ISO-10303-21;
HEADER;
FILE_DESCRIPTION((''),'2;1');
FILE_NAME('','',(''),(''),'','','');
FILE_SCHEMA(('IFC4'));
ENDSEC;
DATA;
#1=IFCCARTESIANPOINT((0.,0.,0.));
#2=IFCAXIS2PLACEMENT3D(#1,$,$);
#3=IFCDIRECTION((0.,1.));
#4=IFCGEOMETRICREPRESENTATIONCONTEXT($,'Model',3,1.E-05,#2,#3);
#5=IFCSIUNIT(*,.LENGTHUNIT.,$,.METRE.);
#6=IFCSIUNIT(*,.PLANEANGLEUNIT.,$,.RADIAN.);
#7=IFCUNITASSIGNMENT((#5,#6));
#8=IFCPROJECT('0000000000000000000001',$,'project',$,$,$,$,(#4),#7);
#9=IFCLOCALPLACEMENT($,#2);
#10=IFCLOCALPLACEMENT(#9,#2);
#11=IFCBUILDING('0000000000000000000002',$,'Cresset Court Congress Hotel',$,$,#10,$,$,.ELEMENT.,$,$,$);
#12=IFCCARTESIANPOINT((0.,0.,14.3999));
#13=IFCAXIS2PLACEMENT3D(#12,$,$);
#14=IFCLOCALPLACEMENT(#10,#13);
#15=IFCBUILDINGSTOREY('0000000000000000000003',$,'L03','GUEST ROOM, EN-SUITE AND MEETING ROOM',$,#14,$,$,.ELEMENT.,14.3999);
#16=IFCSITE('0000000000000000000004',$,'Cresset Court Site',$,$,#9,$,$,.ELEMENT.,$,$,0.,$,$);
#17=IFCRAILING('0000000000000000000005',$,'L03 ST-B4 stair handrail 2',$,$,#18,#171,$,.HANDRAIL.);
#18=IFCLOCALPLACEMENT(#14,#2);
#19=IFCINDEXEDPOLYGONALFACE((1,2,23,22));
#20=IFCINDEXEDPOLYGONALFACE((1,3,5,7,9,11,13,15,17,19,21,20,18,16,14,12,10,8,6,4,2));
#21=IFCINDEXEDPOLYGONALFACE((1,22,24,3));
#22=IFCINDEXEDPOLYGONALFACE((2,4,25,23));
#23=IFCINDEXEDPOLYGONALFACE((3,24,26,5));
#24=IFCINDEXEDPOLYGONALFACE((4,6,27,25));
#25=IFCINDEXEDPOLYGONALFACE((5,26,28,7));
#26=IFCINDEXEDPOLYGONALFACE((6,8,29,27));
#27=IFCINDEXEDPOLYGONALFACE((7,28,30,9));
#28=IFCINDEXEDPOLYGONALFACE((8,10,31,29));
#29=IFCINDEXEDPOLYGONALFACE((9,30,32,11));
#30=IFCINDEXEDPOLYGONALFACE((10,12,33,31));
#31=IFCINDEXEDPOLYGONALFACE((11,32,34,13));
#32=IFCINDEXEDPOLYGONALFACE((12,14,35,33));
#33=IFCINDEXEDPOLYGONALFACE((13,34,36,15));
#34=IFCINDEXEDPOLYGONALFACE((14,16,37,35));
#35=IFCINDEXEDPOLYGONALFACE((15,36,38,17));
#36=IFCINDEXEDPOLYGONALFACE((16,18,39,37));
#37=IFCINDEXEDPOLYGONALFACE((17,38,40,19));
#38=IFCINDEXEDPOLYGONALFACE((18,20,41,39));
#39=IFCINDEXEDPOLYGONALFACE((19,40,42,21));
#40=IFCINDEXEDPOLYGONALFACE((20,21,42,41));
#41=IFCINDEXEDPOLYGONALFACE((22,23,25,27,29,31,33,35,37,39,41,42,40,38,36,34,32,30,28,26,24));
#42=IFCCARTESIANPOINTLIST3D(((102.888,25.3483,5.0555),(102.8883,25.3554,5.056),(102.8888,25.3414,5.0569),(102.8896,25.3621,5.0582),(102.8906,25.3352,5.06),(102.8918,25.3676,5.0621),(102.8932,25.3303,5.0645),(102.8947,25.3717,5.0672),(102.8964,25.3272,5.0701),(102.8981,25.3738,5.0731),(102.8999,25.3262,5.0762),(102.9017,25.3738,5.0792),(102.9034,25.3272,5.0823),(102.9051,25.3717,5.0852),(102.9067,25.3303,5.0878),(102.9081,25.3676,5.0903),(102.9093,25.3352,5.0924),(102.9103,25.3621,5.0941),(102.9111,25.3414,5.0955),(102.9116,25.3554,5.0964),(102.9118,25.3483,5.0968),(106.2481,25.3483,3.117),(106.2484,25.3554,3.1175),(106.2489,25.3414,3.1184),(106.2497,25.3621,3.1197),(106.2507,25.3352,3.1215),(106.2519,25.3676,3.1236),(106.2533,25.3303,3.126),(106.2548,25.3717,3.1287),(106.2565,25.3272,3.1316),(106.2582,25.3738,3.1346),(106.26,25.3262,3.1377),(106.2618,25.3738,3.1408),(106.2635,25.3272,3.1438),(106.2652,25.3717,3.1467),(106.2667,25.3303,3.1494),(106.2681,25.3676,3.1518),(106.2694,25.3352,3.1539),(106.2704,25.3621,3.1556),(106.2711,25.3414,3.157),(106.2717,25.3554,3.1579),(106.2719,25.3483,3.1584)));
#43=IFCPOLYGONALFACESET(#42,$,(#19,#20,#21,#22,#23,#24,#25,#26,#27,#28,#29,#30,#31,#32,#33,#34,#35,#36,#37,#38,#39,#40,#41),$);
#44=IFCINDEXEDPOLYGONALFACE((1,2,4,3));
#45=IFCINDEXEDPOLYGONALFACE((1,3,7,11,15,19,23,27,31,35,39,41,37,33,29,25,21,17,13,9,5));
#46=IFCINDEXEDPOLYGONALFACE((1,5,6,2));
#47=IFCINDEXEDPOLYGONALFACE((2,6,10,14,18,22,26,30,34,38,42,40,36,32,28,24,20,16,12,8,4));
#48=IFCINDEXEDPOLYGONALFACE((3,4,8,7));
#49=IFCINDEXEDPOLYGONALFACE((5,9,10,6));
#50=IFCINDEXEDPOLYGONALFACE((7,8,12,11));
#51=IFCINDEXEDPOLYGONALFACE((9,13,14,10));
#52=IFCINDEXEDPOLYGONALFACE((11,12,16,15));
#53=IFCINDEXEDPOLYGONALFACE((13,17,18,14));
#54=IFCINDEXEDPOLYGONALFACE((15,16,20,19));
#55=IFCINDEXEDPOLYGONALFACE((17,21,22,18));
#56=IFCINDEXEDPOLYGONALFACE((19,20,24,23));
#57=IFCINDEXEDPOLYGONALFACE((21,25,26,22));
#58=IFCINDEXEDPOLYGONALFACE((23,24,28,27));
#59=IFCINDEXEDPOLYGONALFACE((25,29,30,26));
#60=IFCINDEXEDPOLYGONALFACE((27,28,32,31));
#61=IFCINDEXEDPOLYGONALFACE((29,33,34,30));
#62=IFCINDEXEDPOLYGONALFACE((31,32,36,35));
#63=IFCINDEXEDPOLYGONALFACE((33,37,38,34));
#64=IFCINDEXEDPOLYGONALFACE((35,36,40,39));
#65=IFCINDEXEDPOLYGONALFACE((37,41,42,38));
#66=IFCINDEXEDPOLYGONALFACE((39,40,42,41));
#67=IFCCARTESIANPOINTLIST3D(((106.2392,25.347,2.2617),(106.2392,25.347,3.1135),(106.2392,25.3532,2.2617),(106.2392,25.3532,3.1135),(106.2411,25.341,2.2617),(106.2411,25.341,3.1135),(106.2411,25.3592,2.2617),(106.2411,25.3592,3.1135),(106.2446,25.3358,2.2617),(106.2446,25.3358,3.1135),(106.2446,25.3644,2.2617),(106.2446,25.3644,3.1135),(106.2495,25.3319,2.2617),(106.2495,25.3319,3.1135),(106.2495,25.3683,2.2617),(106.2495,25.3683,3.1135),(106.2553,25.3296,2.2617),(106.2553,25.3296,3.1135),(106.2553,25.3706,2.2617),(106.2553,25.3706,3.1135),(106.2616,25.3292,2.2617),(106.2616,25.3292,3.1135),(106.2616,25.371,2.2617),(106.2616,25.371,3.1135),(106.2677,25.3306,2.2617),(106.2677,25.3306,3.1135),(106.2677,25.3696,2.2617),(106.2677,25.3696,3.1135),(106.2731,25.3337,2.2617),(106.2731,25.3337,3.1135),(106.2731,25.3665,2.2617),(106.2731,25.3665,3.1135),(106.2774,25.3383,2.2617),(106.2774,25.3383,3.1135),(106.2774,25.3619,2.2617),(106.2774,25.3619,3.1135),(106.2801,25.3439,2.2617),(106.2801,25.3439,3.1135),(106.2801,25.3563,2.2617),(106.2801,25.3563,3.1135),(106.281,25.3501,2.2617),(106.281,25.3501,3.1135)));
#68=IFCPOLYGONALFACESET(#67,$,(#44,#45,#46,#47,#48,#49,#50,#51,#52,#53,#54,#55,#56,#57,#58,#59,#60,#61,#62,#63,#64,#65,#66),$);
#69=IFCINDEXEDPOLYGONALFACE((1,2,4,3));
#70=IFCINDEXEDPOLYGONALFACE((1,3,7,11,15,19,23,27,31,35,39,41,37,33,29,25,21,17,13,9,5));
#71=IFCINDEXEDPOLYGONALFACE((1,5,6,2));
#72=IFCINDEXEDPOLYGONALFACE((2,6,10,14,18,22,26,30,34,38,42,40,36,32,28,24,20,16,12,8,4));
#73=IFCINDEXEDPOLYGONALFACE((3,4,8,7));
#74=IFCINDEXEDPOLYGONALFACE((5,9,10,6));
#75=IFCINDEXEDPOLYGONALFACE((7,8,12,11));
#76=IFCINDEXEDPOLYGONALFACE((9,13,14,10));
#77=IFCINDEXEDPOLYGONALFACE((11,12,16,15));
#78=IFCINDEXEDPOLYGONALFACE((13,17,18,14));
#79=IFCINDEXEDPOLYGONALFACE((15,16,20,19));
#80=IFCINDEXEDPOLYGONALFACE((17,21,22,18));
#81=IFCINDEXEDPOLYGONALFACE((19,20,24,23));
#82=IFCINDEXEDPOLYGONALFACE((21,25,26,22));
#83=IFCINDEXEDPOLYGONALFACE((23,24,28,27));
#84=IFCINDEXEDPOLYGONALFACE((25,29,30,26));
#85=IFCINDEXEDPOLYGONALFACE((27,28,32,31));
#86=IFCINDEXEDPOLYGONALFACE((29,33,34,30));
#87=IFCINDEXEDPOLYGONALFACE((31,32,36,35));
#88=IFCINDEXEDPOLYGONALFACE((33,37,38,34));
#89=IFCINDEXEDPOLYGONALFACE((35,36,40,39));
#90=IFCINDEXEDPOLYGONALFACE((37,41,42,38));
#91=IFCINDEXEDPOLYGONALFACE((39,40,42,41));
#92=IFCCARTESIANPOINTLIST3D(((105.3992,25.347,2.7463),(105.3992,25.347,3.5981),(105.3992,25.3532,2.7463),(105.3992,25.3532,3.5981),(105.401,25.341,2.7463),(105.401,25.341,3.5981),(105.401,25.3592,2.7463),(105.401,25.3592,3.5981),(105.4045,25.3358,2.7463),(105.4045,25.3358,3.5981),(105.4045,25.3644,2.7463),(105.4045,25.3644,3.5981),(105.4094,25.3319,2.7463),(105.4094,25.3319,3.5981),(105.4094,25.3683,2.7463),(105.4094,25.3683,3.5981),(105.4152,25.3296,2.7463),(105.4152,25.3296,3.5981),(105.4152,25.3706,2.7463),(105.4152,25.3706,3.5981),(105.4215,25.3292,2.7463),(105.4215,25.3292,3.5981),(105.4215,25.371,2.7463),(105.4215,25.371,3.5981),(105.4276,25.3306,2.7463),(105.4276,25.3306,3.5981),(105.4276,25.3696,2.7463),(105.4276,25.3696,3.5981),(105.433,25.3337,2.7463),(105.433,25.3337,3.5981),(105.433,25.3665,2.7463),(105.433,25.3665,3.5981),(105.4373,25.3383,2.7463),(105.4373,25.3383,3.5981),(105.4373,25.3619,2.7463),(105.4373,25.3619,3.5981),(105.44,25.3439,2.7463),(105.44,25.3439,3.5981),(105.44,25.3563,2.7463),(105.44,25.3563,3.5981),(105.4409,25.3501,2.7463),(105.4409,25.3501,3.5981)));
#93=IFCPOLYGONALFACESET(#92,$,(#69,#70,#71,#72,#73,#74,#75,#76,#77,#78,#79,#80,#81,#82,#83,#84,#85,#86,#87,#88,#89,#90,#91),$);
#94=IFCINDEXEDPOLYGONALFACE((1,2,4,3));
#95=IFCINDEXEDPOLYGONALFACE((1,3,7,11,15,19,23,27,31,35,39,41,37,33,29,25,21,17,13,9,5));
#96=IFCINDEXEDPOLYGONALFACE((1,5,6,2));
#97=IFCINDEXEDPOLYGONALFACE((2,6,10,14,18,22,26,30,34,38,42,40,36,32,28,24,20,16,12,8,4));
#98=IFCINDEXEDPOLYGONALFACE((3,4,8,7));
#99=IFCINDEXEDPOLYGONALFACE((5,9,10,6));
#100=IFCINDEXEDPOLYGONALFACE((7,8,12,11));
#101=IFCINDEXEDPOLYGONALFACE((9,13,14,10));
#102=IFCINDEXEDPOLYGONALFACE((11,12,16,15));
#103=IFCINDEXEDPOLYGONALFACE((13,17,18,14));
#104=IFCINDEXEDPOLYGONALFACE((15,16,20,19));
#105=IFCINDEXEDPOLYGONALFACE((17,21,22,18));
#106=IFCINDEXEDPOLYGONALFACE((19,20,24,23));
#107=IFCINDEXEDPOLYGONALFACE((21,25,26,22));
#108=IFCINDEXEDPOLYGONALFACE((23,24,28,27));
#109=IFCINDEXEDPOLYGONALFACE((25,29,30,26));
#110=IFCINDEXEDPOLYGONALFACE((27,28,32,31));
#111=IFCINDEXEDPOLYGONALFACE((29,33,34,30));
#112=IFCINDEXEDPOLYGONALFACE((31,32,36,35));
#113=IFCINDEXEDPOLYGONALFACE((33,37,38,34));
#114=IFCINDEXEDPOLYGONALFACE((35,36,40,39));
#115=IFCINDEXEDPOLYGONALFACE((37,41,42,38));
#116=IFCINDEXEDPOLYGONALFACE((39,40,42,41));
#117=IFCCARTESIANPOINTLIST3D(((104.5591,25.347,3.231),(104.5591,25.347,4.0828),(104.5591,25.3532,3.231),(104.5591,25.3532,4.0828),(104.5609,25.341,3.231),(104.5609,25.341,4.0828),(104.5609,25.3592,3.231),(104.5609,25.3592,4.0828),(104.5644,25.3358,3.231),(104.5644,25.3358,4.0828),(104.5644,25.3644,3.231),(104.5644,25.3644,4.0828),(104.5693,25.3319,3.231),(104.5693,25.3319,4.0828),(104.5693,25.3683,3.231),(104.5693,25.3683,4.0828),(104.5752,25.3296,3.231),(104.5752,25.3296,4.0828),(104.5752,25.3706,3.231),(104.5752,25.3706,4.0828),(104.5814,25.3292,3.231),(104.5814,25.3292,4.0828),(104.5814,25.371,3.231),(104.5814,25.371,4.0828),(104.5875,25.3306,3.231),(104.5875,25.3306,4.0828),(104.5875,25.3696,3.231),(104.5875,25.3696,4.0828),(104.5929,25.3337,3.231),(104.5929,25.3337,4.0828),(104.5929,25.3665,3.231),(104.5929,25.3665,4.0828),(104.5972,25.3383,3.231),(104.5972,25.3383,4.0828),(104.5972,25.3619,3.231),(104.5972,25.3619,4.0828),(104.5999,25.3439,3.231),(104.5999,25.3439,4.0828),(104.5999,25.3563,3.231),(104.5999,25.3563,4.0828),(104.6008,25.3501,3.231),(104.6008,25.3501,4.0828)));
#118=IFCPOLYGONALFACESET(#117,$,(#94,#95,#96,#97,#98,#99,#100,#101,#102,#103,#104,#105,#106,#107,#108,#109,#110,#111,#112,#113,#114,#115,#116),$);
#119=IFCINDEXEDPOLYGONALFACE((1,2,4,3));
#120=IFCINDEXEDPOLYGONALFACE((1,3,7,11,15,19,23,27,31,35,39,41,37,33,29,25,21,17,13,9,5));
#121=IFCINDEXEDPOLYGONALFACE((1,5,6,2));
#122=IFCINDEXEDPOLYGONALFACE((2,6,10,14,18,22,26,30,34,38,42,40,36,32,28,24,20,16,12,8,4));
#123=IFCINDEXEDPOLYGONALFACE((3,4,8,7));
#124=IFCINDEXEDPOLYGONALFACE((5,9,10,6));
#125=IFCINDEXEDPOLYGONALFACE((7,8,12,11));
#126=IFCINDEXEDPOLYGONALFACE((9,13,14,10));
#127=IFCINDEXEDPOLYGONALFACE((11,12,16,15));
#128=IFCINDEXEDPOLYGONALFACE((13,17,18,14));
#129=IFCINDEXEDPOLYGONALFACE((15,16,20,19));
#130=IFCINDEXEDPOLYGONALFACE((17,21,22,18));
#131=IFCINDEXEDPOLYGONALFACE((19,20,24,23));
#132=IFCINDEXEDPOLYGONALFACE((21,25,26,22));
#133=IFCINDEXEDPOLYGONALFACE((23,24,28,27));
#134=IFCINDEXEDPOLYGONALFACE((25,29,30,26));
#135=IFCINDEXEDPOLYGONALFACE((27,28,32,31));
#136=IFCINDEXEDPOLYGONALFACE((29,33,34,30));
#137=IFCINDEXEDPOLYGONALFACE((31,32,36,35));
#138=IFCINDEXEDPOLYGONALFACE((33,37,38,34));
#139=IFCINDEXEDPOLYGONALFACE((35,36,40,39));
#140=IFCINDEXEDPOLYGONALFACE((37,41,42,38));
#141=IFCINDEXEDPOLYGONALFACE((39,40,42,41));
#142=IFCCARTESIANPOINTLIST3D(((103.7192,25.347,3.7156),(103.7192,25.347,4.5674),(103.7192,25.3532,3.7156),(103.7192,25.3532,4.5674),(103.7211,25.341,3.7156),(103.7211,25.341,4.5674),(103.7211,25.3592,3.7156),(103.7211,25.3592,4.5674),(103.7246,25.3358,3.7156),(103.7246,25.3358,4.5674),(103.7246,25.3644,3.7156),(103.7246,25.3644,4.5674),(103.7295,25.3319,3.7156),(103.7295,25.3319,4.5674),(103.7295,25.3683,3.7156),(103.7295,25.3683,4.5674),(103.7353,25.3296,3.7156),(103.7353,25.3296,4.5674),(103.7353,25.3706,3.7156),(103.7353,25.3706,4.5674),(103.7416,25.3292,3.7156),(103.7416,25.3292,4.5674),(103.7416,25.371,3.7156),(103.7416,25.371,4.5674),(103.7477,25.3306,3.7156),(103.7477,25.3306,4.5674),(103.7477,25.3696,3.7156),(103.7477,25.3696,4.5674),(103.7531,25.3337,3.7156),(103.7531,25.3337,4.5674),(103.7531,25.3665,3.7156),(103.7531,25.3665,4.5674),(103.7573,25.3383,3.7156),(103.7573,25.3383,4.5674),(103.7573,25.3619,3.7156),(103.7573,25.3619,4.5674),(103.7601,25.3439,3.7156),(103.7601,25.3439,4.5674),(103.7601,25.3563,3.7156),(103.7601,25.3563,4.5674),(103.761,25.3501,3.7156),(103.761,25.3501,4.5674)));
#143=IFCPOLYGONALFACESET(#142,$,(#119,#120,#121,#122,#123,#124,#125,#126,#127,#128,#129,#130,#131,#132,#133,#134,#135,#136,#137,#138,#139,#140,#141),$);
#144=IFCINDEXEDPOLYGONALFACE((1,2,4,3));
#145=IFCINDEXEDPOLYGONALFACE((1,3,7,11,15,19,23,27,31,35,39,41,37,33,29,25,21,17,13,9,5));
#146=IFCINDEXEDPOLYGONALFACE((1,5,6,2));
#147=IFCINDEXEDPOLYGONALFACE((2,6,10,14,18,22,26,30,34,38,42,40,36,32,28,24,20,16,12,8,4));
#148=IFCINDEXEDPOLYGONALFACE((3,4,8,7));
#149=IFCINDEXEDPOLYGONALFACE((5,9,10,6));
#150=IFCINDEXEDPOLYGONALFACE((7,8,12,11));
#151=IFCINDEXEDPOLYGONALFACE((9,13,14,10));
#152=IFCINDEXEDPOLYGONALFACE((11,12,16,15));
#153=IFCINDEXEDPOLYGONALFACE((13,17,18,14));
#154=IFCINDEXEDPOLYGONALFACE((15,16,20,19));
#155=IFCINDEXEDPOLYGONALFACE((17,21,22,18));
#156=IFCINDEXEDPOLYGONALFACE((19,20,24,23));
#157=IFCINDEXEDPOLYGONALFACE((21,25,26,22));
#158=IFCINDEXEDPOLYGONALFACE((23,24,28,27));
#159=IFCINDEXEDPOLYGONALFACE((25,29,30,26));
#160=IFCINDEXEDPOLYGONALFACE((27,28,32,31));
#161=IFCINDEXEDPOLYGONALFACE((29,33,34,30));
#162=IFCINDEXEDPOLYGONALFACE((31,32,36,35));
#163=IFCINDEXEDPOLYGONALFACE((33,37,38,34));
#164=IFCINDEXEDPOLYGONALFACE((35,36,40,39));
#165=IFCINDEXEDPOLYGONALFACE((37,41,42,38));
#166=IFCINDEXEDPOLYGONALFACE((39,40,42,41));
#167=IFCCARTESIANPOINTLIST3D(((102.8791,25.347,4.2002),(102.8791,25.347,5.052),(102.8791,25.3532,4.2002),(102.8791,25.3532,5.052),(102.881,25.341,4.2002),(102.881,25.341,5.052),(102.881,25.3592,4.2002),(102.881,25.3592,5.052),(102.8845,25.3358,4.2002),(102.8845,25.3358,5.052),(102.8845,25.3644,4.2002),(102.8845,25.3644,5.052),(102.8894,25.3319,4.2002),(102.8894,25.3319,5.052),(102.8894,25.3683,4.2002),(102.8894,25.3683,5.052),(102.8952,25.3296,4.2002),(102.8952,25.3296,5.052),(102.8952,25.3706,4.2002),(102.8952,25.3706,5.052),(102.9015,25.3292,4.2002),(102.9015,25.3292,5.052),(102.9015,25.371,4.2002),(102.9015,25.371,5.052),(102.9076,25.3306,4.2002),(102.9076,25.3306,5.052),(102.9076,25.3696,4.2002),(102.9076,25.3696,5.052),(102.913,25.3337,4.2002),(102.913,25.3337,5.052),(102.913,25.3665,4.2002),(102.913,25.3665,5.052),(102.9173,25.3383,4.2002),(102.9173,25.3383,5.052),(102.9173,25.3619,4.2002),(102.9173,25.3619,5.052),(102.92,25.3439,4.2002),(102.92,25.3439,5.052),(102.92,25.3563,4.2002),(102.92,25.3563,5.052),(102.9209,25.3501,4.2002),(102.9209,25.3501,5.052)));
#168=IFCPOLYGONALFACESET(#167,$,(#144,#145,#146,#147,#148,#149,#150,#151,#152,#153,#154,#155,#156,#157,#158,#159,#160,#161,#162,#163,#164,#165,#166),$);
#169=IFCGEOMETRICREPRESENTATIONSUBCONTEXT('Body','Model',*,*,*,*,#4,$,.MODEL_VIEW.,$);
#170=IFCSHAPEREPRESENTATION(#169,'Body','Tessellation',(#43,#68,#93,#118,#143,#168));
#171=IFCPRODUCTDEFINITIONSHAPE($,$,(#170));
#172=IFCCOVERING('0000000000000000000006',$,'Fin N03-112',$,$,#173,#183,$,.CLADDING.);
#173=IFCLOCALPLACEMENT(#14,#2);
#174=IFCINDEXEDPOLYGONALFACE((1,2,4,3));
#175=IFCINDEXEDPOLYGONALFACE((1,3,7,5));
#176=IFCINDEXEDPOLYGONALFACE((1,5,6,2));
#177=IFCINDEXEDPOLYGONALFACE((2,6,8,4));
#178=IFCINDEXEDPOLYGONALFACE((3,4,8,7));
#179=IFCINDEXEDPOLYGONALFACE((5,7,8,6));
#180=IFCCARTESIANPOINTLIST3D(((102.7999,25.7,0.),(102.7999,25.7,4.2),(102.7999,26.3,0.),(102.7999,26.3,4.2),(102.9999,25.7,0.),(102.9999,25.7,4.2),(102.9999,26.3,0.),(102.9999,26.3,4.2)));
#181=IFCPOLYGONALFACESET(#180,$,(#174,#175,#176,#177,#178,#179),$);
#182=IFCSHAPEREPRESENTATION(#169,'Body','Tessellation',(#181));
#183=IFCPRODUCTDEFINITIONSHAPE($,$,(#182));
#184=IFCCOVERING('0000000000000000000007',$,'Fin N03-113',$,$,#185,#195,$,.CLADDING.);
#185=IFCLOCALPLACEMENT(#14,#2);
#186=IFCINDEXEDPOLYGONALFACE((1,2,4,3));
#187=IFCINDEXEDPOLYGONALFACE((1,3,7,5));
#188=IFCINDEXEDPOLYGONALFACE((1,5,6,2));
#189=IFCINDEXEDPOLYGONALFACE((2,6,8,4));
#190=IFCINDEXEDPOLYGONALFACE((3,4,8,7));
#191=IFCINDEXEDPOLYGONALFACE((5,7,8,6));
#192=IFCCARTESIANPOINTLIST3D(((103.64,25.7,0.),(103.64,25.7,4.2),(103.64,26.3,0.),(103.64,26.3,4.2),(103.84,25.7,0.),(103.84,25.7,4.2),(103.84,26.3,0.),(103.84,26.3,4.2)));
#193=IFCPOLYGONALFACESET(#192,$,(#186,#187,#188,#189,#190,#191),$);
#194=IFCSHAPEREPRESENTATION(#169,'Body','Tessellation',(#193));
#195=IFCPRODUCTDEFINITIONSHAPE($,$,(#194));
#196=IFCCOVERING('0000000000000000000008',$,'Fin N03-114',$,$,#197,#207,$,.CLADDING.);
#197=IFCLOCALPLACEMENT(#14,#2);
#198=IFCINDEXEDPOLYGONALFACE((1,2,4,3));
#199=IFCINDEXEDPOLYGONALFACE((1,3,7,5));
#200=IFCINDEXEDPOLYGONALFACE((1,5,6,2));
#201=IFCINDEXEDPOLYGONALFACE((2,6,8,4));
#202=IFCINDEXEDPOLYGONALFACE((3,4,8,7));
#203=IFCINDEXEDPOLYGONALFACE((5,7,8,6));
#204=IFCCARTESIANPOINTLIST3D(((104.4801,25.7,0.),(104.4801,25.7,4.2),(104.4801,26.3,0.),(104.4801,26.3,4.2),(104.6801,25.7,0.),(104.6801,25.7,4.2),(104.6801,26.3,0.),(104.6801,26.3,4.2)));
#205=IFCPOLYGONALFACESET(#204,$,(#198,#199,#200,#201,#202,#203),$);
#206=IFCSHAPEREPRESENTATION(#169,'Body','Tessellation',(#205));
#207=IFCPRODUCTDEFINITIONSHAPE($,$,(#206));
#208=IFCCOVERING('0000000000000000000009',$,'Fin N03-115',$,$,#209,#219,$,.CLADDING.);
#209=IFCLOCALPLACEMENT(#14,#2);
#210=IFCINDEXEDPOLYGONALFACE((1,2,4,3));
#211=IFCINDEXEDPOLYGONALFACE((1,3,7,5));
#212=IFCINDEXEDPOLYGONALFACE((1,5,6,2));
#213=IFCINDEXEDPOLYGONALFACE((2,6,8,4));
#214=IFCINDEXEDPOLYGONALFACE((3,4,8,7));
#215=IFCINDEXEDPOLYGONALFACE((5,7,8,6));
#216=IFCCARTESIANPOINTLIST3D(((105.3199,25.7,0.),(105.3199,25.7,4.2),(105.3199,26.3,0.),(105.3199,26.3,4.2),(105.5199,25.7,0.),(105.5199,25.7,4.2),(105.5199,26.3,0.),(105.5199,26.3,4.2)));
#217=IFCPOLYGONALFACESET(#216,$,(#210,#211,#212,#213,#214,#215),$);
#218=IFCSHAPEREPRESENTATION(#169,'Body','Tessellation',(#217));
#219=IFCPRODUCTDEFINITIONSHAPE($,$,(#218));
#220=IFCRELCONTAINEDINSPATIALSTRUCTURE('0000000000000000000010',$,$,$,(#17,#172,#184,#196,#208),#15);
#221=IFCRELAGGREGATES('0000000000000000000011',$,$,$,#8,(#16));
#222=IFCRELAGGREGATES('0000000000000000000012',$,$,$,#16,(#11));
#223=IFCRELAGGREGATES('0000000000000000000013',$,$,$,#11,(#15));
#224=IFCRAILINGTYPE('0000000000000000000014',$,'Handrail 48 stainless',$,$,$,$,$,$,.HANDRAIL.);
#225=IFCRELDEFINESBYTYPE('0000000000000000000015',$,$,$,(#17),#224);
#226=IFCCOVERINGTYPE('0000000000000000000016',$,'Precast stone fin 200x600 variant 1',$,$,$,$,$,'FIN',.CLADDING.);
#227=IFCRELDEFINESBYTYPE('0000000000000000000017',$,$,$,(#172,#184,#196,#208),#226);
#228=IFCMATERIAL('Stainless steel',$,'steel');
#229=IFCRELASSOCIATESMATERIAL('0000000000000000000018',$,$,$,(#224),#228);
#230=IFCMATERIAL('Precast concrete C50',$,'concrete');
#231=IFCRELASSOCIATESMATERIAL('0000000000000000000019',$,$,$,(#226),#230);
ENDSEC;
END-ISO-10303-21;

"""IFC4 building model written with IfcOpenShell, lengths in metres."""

from ifc_helpers import new_model, si_unit, direction, frame, origin, origin_2d, place, context, subcontext, project, spatial, rectangle, circle, extrude, material, type_object, element, save


model = new_model("IFC4")

# Units and contexts
model_context = context("Model", 3, precision=1e-05, world=origin(), true_north=direction((0.0, 1.0)))
body_context = subcontext(model_context, "Body", "Model", "MODEL_VIEW")
ifc_project = project(units=[si_unit("LENGTHUNIT", "METRE"), si_unit("PLANEANGLEUNIT", "RADIAN")], contexts=[model_context])

# Site, building, storey
site_placement = place(None, origin())
site = spatial("IfcSite", under=ifc_project, at=site_placement, Name="Cresset Court Site", CompositionType="ELEMENT", RefElevation=0.0)
building_placement = place(site_placement, origin())
building = spatial("IfcBuilding", under=site, at=building_placement, Name="Cresset Court Congress Hotel", CompositionType="ELEMENT")
storey_placement = place(building_placement, frame((0.0, 0.0, 14.3999)))
storey = spatial("IfcBuildingStorey", under=building, at=storey_placement, Name="L03", Description="GUEST ROOM, EN-SUITE AND MEETING ROOM", CompositionType="ELEMENT", Elevation=14.3999)

# Railing
ifc_material_1 = material(Name="Stainless steel", Category="steel")
railing_type_1 = type_object("IfcRailingType", Name="Handrail 48 stainless", PredefinedType="HANDRAIL", material=ifc_material_1)
railing_1_placement = place(storey_placement, frame((106.26, 25.3501, 2.2617)))
element("IfcRailing", 1, at=railing_1_placement, inside=storey, type_object=railing_type_1, Name="L03 ST-B4 stair handrail 2", PredefinedType="HANDRAIL", context=body_context, shape_type="SweptSolid", body=[
    extrude(circle(Radius=0.0239, at=origin_2d()), frame((0.0, 0.0, 0.876), z_axis=(-0.866191, 0.0, 0.499713), x_axis=(0.0, -1.0, 0.0)), (0.0, 0.0, 1.0), 3.8792),
    extrude(circle(Radius=0.021, at=origin_2d()), origin(), (0.0, 0.0, 1.0), 0.8518),
    extrude(circle(Radius=0.021, at=origin_2d()), frame((-0.8401, 0.0, 0.4846)), (0.0, 0.0, 1.0), 0.8518),
    extrude(circle(Radius=0.021, at=origin_2d()), frame((-1.6802, 0.0, 0.9692)), (0.0, 0.0, 1.0), 0.8518),
    extrude(circle(Radius=0.021, at=origin_2d()), frame((-2.52, 0.0, 1.4539)), (0.0, 0.0, 1.0), 0.8518),
    extrude(circle(Radius=0.021, at=origin_2d()), frame((-3.3601, 0.0, 1.9385)), (0.0, 0.0, 1.0), 0.8518),
])

# Coverings
ifc_material_2 = material(Name="Precast concrete C50", Category="concrete")
covering_type_1 = type_object("IfcCoveringType", Name="Precast stone fin 200x600 variant 1", ElementType="FIN", PredefinedType="CLADDING", material=ifc_material_2)
for number, where, z_axis, x_axis, name in (
    (2, (102.8999, 26.0, 0.0), (0.0, 0.0, 1.0), (1.0, 0.0, 0.0), "Fin N03-112"),
    (3, (103.74, 26.0, 0.0), (0.0, 0.0, 1.0), (1.0, 0.0, 0.0), "Fin N03-113"),
    (4, (104.5801, 26.0, 0.0), (0.0, 0.0, 1.0), (1.0, 0.0, 0.0), "Fin N03-114"),
    (5, (105.4199, 26.0, 0.0), (0.0, 0.0, 1.0), (1.0, 0.0, 0.0), "Fin N03-115"),
):
    element("IfcCovering", number, at=place(storey_placement, frame(where, z_axis=z_axis, x_axis=x_axis)), inside=storey, type_object=covering_type_1, Name=name, PredefinedType="CLADDING", context=body_context, shape_type="SweptSolid", body=[
        extrude(rectangle(XDim=0.2, YDim=0.6001, at=origin_2d()), origin(), (0.0, 0.0, 1.0), 4.2),
    ])

save(model, "model.ifc")
